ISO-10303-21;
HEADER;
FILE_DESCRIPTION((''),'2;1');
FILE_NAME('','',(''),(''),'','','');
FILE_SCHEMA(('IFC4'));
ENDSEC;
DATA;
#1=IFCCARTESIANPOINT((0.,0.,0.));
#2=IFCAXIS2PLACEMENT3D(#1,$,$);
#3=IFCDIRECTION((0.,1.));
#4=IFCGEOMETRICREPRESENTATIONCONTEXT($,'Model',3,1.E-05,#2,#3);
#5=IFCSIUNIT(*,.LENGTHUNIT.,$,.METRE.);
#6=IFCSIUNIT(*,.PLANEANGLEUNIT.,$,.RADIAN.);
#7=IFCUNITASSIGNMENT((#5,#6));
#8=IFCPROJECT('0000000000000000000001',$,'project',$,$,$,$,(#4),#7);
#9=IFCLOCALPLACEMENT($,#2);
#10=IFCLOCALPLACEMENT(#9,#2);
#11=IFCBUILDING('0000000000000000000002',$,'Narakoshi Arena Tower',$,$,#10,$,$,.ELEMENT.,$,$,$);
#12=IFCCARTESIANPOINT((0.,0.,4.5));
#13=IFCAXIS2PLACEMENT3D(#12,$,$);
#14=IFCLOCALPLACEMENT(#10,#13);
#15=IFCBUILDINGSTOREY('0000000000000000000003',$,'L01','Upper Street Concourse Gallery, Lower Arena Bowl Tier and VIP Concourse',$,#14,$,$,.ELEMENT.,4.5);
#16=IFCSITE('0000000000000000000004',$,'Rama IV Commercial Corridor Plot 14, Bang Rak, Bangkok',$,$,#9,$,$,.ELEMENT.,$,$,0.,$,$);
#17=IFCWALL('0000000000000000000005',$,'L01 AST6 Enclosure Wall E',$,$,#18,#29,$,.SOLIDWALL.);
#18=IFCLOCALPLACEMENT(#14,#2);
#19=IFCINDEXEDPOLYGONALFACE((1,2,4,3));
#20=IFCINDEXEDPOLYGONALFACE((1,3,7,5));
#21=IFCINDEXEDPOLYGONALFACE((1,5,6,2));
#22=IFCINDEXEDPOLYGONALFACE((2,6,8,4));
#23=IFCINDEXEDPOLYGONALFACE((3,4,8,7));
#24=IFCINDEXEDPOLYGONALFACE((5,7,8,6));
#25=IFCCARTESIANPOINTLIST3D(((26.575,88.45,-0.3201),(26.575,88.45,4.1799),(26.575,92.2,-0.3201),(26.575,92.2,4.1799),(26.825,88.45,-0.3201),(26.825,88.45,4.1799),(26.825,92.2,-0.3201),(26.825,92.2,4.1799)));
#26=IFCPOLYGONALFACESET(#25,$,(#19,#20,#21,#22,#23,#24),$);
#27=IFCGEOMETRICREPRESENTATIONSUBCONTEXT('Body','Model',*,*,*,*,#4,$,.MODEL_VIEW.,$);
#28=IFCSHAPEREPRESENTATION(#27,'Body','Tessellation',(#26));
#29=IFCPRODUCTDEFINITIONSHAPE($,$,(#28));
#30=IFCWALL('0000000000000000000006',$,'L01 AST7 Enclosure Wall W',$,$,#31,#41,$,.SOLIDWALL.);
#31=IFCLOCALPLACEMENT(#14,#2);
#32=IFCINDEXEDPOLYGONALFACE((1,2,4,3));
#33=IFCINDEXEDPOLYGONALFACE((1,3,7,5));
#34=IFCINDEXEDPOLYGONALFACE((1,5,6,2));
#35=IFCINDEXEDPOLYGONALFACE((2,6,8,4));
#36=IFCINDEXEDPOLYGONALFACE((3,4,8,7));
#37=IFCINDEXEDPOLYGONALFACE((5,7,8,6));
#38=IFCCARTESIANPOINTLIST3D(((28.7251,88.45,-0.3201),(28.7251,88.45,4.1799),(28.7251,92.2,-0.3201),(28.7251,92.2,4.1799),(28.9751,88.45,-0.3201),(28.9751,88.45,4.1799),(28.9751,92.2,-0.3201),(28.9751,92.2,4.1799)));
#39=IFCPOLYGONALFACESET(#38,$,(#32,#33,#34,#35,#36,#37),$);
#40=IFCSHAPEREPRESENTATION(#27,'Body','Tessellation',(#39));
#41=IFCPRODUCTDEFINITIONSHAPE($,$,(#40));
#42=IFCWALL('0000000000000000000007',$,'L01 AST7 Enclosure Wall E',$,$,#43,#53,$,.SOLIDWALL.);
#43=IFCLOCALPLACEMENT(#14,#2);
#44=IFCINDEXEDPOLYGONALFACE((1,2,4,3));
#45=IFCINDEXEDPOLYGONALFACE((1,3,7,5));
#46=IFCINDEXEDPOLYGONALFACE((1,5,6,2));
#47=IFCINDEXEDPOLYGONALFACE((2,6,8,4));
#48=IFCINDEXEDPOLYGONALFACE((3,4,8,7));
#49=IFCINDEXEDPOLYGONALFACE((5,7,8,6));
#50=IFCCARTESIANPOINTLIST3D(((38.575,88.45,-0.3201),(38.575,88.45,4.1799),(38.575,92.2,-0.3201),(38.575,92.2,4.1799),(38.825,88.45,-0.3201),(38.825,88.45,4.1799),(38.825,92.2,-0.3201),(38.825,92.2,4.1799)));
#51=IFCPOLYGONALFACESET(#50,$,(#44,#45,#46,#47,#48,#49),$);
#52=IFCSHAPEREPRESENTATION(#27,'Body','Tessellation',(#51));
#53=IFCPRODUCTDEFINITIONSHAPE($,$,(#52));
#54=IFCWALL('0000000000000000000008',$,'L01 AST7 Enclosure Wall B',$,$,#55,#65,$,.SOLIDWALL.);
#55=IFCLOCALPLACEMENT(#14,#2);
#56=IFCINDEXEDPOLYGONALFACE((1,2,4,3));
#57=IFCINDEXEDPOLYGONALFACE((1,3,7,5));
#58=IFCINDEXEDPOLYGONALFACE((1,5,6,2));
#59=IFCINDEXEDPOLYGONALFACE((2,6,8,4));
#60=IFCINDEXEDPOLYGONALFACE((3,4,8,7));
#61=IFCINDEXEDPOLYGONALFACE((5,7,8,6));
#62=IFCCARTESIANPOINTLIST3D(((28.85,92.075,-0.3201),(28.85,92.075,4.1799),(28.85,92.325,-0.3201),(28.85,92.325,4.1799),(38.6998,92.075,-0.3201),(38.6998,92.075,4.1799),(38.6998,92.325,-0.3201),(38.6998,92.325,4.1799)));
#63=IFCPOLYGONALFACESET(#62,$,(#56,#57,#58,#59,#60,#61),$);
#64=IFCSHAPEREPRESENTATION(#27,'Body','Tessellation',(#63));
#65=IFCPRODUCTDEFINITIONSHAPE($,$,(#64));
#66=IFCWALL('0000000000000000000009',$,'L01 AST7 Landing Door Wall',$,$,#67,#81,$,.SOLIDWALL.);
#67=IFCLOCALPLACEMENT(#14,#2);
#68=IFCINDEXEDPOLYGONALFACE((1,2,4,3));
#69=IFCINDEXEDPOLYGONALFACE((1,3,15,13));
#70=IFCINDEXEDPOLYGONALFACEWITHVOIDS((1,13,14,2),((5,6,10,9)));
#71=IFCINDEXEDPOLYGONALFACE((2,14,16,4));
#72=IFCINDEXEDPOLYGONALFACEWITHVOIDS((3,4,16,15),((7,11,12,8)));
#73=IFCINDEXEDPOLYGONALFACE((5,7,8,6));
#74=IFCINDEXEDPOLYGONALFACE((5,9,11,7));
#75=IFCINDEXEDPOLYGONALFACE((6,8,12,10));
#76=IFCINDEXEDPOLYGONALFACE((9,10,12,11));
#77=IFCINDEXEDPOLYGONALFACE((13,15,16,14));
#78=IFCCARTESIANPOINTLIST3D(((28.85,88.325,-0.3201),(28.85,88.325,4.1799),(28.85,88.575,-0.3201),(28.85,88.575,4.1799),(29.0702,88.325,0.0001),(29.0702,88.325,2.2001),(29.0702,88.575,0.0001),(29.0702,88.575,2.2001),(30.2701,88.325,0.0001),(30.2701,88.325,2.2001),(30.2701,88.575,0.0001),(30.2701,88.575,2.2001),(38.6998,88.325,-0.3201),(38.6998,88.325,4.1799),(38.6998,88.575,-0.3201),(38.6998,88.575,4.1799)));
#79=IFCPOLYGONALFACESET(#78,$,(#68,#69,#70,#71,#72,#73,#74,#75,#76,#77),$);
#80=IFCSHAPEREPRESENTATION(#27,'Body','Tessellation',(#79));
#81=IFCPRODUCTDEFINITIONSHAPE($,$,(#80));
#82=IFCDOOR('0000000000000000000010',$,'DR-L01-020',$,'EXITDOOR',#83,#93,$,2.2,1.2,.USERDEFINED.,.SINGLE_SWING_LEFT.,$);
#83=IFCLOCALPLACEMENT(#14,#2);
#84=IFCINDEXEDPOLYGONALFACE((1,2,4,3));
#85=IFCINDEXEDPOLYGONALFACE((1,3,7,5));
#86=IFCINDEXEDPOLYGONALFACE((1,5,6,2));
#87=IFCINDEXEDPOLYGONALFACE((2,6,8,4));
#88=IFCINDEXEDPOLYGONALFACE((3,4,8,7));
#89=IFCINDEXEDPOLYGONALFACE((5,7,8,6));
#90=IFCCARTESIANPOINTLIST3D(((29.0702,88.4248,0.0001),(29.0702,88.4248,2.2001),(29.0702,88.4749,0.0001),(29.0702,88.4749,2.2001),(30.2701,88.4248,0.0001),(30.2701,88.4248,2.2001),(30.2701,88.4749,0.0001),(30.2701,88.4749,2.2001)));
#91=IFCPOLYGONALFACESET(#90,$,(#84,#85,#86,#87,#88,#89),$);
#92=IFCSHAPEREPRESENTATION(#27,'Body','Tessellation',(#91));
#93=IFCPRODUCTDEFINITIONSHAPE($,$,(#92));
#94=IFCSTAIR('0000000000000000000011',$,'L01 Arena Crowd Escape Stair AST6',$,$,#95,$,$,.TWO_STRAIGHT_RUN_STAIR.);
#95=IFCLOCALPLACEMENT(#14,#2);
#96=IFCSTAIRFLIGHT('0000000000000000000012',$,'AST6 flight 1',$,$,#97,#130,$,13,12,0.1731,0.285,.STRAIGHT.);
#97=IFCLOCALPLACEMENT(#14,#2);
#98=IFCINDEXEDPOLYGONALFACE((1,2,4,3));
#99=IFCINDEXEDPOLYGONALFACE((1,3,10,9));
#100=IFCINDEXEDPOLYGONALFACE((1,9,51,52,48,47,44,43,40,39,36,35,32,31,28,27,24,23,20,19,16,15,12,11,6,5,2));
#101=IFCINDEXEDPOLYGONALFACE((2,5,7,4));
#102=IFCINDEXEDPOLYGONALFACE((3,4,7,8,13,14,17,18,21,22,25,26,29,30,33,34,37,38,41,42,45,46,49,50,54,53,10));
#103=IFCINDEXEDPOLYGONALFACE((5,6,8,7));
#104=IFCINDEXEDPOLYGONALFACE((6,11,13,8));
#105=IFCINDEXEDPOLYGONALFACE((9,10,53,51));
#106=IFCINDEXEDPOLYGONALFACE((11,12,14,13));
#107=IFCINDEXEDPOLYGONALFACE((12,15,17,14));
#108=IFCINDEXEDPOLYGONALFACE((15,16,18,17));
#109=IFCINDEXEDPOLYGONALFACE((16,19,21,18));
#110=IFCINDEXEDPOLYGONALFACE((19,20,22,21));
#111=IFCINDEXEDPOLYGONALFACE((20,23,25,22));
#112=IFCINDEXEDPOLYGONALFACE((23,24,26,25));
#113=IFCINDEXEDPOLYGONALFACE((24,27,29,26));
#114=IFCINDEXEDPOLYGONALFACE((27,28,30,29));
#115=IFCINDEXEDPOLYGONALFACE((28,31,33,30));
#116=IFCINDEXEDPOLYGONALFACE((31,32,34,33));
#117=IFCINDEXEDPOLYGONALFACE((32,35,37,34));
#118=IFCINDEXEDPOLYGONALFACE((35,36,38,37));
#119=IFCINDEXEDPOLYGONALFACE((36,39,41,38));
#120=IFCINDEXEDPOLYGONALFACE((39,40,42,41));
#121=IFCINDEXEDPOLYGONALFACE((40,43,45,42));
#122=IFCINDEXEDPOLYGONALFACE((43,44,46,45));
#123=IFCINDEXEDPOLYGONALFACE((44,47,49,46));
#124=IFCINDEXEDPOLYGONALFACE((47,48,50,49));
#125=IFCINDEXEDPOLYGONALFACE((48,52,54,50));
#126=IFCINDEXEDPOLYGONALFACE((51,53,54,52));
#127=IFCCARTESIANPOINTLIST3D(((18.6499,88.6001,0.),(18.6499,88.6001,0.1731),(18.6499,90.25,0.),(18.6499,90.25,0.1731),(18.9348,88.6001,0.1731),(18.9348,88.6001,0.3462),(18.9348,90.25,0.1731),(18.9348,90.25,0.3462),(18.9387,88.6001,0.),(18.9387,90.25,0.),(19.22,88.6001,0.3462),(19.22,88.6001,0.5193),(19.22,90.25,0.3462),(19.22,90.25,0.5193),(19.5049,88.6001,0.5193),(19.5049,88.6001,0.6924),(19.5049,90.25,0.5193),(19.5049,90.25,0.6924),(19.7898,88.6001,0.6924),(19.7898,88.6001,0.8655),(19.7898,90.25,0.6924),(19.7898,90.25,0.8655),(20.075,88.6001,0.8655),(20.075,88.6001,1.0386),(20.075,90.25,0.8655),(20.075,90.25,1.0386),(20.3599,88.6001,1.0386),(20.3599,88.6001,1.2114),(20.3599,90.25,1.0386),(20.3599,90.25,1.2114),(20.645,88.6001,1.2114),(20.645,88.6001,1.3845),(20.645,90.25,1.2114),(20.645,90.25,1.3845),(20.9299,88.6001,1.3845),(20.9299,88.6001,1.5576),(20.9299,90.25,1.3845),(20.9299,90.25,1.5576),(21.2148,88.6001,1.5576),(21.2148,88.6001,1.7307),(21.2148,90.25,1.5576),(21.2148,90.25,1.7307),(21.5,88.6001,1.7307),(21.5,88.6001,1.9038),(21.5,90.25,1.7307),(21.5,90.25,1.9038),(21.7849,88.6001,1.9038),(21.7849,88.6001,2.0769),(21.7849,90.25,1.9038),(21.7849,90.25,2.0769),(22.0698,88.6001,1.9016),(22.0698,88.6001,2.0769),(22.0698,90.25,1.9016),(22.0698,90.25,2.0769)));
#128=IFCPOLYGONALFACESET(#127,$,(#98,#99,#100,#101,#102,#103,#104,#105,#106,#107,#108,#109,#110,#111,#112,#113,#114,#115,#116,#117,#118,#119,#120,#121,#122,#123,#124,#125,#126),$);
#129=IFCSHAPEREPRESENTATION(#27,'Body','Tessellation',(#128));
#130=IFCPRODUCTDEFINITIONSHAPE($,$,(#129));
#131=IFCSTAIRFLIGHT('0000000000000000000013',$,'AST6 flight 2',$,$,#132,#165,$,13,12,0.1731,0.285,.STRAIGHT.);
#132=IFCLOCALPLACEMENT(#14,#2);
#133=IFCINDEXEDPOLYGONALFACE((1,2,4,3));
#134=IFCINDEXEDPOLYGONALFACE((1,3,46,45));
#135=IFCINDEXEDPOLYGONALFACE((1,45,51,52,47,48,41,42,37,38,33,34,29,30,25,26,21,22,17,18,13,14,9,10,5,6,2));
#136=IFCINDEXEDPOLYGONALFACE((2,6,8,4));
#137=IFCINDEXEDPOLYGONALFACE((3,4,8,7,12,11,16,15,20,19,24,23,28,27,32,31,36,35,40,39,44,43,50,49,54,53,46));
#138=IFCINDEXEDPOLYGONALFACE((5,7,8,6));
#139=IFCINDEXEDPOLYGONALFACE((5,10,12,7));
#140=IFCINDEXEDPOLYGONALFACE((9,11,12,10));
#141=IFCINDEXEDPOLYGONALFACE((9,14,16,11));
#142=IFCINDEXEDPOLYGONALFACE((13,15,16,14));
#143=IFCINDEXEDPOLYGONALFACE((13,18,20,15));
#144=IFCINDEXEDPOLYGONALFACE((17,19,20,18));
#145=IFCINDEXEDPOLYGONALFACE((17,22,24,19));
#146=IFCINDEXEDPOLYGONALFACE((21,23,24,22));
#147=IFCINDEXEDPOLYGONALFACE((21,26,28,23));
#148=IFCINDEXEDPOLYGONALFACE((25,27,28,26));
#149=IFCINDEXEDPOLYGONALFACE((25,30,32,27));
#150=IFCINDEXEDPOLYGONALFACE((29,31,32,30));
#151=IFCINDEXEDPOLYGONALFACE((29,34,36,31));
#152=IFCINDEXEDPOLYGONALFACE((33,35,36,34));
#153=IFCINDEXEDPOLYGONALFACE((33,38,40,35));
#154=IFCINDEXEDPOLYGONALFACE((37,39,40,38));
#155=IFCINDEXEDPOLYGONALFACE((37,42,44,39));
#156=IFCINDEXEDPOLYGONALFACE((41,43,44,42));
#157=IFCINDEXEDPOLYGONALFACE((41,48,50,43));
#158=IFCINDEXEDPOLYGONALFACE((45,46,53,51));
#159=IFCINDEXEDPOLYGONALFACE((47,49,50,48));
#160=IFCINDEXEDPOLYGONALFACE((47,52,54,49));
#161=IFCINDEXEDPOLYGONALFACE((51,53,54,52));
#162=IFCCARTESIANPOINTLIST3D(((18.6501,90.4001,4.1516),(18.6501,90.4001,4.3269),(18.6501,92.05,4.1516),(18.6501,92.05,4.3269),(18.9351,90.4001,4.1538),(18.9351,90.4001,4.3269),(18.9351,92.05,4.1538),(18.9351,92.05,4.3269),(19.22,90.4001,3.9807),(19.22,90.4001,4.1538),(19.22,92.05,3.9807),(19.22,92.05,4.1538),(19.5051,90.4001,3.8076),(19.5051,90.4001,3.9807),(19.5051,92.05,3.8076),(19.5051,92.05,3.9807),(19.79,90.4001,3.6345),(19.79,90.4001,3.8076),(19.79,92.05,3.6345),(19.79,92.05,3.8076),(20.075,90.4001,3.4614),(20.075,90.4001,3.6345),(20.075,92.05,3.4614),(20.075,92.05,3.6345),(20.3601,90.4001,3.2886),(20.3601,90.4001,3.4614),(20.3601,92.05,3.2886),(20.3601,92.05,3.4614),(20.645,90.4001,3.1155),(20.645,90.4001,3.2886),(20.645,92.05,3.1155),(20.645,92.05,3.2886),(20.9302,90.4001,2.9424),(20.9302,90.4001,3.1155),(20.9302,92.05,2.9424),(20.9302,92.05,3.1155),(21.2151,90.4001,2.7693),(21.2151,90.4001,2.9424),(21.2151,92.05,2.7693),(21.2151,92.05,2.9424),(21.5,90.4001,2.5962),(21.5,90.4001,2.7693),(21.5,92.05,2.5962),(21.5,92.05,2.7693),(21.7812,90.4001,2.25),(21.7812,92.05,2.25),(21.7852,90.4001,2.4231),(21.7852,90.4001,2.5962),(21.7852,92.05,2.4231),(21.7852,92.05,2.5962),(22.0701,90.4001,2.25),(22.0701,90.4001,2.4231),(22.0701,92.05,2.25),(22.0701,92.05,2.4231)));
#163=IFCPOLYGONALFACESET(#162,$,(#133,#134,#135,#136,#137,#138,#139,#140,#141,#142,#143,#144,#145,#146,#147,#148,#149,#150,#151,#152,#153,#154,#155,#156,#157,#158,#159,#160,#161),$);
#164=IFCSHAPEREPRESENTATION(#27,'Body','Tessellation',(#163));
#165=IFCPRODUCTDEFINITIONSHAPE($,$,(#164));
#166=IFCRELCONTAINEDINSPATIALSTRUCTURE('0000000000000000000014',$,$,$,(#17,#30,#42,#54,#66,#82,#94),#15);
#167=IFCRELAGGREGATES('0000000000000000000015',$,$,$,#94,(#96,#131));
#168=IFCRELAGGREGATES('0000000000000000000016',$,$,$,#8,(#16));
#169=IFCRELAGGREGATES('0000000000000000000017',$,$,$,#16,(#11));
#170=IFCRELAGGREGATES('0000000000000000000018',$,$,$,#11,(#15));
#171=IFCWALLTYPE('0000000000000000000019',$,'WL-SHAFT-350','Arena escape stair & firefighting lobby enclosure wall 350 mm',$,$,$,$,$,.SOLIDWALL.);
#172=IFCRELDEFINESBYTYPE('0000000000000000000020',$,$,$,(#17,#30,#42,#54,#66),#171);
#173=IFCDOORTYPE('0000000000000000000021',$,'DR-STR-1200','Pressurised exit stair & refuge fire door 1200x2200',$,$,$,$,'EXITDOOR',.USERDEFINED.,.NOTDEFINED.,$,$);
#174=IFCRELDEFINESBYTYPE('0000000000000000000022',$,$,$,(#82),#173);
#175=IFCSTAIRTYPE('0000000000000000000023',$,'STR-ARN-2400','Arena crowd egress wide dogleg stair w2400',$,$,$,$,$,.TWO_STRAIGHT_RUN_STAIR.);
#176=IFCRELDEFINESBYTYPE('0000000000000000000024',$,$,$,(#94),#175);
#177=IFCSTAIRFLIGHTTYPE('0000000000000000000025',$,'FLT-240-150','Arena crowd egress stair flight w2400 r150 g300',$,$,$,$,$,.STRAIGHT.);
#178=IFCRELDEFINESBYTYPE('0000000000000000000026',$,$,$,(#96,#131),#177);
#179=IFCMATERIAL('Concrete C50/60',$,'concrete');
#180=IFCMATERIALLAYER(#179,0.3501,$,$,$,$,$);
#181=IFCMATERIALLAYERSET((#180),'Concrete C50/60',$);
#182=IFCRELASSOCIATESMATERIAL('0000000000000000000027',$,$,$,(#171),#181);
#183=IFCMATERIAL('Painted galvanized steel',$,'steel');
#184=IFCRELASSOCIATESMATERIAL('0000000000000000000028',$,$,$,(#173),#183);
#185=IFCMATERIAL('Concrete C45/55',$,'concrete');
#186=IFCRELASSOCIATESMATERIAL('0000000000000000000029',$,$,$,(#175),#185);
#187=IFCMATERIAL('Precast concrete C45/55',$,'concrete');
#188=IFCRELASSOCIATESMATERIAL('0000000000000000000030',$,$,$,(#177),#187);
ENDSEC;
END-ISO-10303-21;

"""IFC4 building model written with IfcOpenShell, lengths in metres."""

from ifc_helpers import new_model, si_unit, direction, frame, frame_2d, origin, place, context, subcontext, project, spatial, polyline, rectangle, outline, extrude, material, layer, layer_set, type_object, element, fill, aggregate, save


model = new_model("IFC4")

# Units and contexts
model_context = context("Model", 3, precision=1e-05, world=origin(), true_north=direction((0.0, 1.0)))
body_context = subcontext(model_context, "Body", "Model", "MODEL_VIEW")
ifc_project = project(units=[si_unit("LENGTHUNIT", "METRE"), si_unit("PLANEANGLEUNIT", "RADIAN")], contexts=[model_context])

# Site, building, storey
site_placement = place(None, origin())
site = spatial("IfcSite", under=ifc_project, at=site_placement, Name="Rama IV Commercial Corridor Plot 14, Bang Rak, Bangkok", CompositionType="ELEMENT", RefElevation=0.0)
building_placement = place(site_placement, origin())
building = spatial("IfcBuilding", under=site, at=building_placement, Name="Narakoshi Arena Tower", CompositionType="ELEMENT")
storey_placement = place(building_placement, frame((0.0, 0.0, 4.5)))
storey = spatial("IfcBuildingStorey", under=building, at=storey_placement, Name="L01", Description="Upper Street Concourse Gallery, Lower Arena Bowl Tier and VIP Concourse", CompositionType="ELEMENT", Elevation=4.5)

# Walls
ifc_material_1 = material(Name="Concrete C50/60", Category="concrete")
ifc_layer = layer(ifc_material_1, 0.3501)
ifc_layer_set = layer_set([ifc_layer], Name="Concrete C50/60")
wall_type = type_object("IfcWallType", Name="WL-SHAFT-350", Description="Arena escape stair & firefighting lobby enclosure wall 350 mm", PredefinedType="SOLIDWALL", material=ifc_layer_set)
for number, where, z_axis, x_axis, name in (
    (1, (26.7, 88.45, -0.3201), (0.0, 0.0, 1.0), (0.0, 1.0, 0.0), "L01 AST6 Enclosure Wall E"),
    (2, (28.8501, 88.45, -0.3201), (0.0, 0.0, 1.0), (0.0, 1.0, 0.0), "L01 AST7 Enclosure Wall W"),
    (3, (38.7, 88.45, -0.3201), (0.0, 0.0, 1.0), (0.0, 1.0, 0.0), "L01 AST7 Enclosure Wall E"),
):
    element("IfcWall", number, at=place(storey_placement, frame(where, z_axis=z_axis, x_axis=x_axis)), inside=storey, type_object=wall_type, Name=name, PredefinedType="SOLIDWALL", context=body_context, shape_type="SweptSolid", body=[
        extrude(rectangle(XDim=3.75, YDim=0.25, at=frame_2d((1.875, 0.0))), origin(), (0.0, 0.0, 1.0), 4.5),
    ])
wall_1_placement = place(storey_placement, frame((28.8501, 92.2, -0.3201), z_axis=(0.0, 0.0, 1.0), x_axis=(1.0, 0.0, 0.0)))
element("IfcWall", 4, at=wall_1_placement, inside=storey, type_object=wall_type, Name="L01 AST7 Enclosure Wall B", PredefinedType="SOLIDWALL", context=body_context, shape_type="SweptSolid", body=[
    extrude(rectangle(XDim=9.8499, YDim=0.25, at=frame_2d((4.9248, 0.0))), origin(), (0.0, 0.0, 1.0), 4.5),
])

# Wall, opening, door
wall_2_placement = place(storey_placement, frame((28.8501, 88.45, -0.3201), z_axis=(0.0, 0.0, 1.0), x_axis=(1.0, 0.0, 0.0)))
wall_2 = element("IfcWall", 5, at=wall_2_placement, inside=storey, type_object=wall_type, Name="L01 AST7 Landing Door Wall", PredefinedType="SOLIDWALL", context=body_context, shape_type="SweptSolid", body=[
    extrude(rectangle(XDim=9.8499, YDim=0.25, at=frame_2d((4.9248, 0.0))), origin(), (0.0, 0.0, 1.0), 4.5),
])
opening_placement = place(wall_2_placement, frame((0.22, 0.0, 0.3201)))
opening = element("IfcOpeningElement", 6, at=opening_placement, cuts=wall_2, PredefinedType="OPENING", context=body_context, shape_type="SweptSolid", body=[
    extrude(rectangle(XDim=1.2, YDim=2.2, at=frame_2d((0.6001, 1.1001))), frame((0.0, 0.135, 0.0), z_axis=(0.0, -1.0, 0.0), x_axis=(1.0, 0.0, 0.0)), (0.0, 0.0, 1.0), 0.27),
])
ifc_material_2 = material(Name="Painted galvanized steel", Category="steel")
door_type = type_object("IfcDoorType", Name="DR-STR-1200", Description="Pressurised exit stair & refuge fire door 1200x2200", ElementType="EXITDOOR", OperationType="NOTDEFINED", PredefinedType="USERDEFINED", material=ifc_material_2)
door_placement = place(opening_placement, origin())
door = element("IfcDoor", 7, at=door_placement, inside=storey, type_object=door_type, Name="DR-L01-020", ObjectType="EXITDOOR", OperationType="SINGLE_SWING_LEFT", OverallHeight=2.2, OverallWidth=1.2, PredefinedType="USERDEFINED", context=body_context, shape_type="SweptSolid", body=[
    extrude(rectangle(XDim=1.2, YDim=2.2, at=frame_2d((0.6001, 1.1001))), frame((0.0, 0.0249, 0.0), z_axis=(0.0, -1.0, 0.0), x_axis=(1.0, 0.0, 0.0)), (0.0, 0.0, 1.0), 0.05),
])
fill(opening, door)

# Stair, stair flights
ifc_material_3 = material(Name="Concrete C45/55", Category="concrete")
stair_type = type_object("IfcStairType", Name="STR-ARN-2400", Description="Arena crowd egress wide dogleg stair w2400", PredefinedType="TWO_STRAIGHT_RUN_STAIR", material=ifc_material_3)
stair_1_placement = place(storey_placement, origin())
stair_1 = element("IfcStair", 8, at=stair_1_placement, inside=storey, type_object=stair_type, Name="L01 Arena Crowd Escape Stair AST6", PredefinedType="TWO_STRAIGHT_RUN_STAIR")
ifc_material_4 = material(Name="Precast concrete C45/55", Category="concrete")
stair_flight_type = type_object("IfcStairFlightType", Name="FLT-240-150", Description="Arena crowd egress stair flight w2400 r150 g300", PredefinedType="STRAIGHT", material=ifc_material_4)
stair_flight_1_placement = place(storey_placement, frame((18.6499, 89.425, 0.0), z_axis=(0.0, 0.0, 1.0), x_axis=(1.0, 0.0, 0.0)))
stair_flight_1 = element("IfcStairFlight", 9, at=stair_flight_1_placement, type_object=stair_flight_type, Name="AST6 flight 1", NumberOfRisers=13, NumberOfTreads=12, PredefinedType="STRAIGHT", RiserHeight=0.1731, TreadLength=0.285, context=body_context, shape_type="SweptSolid", body=[
    extrude(outline(polyline([(0.0, 0.0), (0.0, 0.1731), (0.2849, 0.1731), (0.2849, 0.3462), (0.5701, 0.3462), (0.5701, 0.5193), (0.855, 0.5193), (0.855, 0.6924), (1.1399, 0.6924), (1.1399, 0.8655), (1.425, 0.8655), (1.425, 1.0386), (1.71, 1.0386), (1.71, 1.2114), (1.9951, 1.2114), (1.9951, 1.3845), (2.28, 1.3845), (2.28, 1.5576), (2.5649, 1.5576), (2.5649, 1.7307), (2.8501, 1.7307), (2.8501, 1.9038), (3.135, 1.9038), (3.135, 2.0769), (3.4199, 2.0769), (3.4199, 2.25), (3.4199, 1.9016), (0.2888, 0.0), (0.0, 0.0)])), frame((0.0, 0.825, 0.0), z_axis=(0.0, -1.0, 0.0), x_axis=(1.0, 0.0, 0.0)), (0.0, 0.0, 1.0), 1.6499),
])
stair_flight_2_placement = place(storey_placement, frame((22.0701, 91.2251, 2.25), z_axis=(0.0, 0.0, 1.0), x_axis=(-1.0, 0.0, 0.0)))
stair_flight_2 = element("IfcStairFlight", 10, at=stair_flight_2_placement, type_object=stair_flight_type, Name="AST6 flight 2", NumberOfRisers=13, NumberOfTreads=12, PredefinedType="STRAIGHT", RiserHeight=0.1731, TreadLength=0.285, context=body_context, shape_type="SweptSolid", body=[
    extrude(outline(polyline([(0.0, 0.0), (0.0, 0.1731), (0.2849, 0.1731), (0.2849, 0.3462), (0.5701, 0.3462), (0.5701, 0.5193), (0.855, 0.5193), (0.855, 0.6924), (1.1399, 0.6924), (1.1399, 0.8655), (1.425, 0.8655), (1.425, 1.0386), (1.71, 1.0386), (1.71, 1.2114), (1.9951, 1.2114), (1.9951, 1.3845), (2.28, 1.3845), (2.28, 1.5576), (2.5649, 1.5576), (2.5649, 1.7307), (2.8501, 1.7307), (2.8501, 1.9038), (3.135, 1.9038), (3.135, 2.0769), (3.4199, 2.0769), (3.4199, 2.25), (3.4199, 1.9016), (0.2888, 0.0), (0.0, 0.0)])), frame((0.0, 0.825, 0.0), z_axis=(0.0, -1.0, 0.0), x_axis=(1.0, 0.0, 0.0)), (0.0, 0.0, 1.0), 1.6499),
])
aggregate(stair_1, [stair_flight_1, stair_flight_2])

save(model, "model.ifc")
